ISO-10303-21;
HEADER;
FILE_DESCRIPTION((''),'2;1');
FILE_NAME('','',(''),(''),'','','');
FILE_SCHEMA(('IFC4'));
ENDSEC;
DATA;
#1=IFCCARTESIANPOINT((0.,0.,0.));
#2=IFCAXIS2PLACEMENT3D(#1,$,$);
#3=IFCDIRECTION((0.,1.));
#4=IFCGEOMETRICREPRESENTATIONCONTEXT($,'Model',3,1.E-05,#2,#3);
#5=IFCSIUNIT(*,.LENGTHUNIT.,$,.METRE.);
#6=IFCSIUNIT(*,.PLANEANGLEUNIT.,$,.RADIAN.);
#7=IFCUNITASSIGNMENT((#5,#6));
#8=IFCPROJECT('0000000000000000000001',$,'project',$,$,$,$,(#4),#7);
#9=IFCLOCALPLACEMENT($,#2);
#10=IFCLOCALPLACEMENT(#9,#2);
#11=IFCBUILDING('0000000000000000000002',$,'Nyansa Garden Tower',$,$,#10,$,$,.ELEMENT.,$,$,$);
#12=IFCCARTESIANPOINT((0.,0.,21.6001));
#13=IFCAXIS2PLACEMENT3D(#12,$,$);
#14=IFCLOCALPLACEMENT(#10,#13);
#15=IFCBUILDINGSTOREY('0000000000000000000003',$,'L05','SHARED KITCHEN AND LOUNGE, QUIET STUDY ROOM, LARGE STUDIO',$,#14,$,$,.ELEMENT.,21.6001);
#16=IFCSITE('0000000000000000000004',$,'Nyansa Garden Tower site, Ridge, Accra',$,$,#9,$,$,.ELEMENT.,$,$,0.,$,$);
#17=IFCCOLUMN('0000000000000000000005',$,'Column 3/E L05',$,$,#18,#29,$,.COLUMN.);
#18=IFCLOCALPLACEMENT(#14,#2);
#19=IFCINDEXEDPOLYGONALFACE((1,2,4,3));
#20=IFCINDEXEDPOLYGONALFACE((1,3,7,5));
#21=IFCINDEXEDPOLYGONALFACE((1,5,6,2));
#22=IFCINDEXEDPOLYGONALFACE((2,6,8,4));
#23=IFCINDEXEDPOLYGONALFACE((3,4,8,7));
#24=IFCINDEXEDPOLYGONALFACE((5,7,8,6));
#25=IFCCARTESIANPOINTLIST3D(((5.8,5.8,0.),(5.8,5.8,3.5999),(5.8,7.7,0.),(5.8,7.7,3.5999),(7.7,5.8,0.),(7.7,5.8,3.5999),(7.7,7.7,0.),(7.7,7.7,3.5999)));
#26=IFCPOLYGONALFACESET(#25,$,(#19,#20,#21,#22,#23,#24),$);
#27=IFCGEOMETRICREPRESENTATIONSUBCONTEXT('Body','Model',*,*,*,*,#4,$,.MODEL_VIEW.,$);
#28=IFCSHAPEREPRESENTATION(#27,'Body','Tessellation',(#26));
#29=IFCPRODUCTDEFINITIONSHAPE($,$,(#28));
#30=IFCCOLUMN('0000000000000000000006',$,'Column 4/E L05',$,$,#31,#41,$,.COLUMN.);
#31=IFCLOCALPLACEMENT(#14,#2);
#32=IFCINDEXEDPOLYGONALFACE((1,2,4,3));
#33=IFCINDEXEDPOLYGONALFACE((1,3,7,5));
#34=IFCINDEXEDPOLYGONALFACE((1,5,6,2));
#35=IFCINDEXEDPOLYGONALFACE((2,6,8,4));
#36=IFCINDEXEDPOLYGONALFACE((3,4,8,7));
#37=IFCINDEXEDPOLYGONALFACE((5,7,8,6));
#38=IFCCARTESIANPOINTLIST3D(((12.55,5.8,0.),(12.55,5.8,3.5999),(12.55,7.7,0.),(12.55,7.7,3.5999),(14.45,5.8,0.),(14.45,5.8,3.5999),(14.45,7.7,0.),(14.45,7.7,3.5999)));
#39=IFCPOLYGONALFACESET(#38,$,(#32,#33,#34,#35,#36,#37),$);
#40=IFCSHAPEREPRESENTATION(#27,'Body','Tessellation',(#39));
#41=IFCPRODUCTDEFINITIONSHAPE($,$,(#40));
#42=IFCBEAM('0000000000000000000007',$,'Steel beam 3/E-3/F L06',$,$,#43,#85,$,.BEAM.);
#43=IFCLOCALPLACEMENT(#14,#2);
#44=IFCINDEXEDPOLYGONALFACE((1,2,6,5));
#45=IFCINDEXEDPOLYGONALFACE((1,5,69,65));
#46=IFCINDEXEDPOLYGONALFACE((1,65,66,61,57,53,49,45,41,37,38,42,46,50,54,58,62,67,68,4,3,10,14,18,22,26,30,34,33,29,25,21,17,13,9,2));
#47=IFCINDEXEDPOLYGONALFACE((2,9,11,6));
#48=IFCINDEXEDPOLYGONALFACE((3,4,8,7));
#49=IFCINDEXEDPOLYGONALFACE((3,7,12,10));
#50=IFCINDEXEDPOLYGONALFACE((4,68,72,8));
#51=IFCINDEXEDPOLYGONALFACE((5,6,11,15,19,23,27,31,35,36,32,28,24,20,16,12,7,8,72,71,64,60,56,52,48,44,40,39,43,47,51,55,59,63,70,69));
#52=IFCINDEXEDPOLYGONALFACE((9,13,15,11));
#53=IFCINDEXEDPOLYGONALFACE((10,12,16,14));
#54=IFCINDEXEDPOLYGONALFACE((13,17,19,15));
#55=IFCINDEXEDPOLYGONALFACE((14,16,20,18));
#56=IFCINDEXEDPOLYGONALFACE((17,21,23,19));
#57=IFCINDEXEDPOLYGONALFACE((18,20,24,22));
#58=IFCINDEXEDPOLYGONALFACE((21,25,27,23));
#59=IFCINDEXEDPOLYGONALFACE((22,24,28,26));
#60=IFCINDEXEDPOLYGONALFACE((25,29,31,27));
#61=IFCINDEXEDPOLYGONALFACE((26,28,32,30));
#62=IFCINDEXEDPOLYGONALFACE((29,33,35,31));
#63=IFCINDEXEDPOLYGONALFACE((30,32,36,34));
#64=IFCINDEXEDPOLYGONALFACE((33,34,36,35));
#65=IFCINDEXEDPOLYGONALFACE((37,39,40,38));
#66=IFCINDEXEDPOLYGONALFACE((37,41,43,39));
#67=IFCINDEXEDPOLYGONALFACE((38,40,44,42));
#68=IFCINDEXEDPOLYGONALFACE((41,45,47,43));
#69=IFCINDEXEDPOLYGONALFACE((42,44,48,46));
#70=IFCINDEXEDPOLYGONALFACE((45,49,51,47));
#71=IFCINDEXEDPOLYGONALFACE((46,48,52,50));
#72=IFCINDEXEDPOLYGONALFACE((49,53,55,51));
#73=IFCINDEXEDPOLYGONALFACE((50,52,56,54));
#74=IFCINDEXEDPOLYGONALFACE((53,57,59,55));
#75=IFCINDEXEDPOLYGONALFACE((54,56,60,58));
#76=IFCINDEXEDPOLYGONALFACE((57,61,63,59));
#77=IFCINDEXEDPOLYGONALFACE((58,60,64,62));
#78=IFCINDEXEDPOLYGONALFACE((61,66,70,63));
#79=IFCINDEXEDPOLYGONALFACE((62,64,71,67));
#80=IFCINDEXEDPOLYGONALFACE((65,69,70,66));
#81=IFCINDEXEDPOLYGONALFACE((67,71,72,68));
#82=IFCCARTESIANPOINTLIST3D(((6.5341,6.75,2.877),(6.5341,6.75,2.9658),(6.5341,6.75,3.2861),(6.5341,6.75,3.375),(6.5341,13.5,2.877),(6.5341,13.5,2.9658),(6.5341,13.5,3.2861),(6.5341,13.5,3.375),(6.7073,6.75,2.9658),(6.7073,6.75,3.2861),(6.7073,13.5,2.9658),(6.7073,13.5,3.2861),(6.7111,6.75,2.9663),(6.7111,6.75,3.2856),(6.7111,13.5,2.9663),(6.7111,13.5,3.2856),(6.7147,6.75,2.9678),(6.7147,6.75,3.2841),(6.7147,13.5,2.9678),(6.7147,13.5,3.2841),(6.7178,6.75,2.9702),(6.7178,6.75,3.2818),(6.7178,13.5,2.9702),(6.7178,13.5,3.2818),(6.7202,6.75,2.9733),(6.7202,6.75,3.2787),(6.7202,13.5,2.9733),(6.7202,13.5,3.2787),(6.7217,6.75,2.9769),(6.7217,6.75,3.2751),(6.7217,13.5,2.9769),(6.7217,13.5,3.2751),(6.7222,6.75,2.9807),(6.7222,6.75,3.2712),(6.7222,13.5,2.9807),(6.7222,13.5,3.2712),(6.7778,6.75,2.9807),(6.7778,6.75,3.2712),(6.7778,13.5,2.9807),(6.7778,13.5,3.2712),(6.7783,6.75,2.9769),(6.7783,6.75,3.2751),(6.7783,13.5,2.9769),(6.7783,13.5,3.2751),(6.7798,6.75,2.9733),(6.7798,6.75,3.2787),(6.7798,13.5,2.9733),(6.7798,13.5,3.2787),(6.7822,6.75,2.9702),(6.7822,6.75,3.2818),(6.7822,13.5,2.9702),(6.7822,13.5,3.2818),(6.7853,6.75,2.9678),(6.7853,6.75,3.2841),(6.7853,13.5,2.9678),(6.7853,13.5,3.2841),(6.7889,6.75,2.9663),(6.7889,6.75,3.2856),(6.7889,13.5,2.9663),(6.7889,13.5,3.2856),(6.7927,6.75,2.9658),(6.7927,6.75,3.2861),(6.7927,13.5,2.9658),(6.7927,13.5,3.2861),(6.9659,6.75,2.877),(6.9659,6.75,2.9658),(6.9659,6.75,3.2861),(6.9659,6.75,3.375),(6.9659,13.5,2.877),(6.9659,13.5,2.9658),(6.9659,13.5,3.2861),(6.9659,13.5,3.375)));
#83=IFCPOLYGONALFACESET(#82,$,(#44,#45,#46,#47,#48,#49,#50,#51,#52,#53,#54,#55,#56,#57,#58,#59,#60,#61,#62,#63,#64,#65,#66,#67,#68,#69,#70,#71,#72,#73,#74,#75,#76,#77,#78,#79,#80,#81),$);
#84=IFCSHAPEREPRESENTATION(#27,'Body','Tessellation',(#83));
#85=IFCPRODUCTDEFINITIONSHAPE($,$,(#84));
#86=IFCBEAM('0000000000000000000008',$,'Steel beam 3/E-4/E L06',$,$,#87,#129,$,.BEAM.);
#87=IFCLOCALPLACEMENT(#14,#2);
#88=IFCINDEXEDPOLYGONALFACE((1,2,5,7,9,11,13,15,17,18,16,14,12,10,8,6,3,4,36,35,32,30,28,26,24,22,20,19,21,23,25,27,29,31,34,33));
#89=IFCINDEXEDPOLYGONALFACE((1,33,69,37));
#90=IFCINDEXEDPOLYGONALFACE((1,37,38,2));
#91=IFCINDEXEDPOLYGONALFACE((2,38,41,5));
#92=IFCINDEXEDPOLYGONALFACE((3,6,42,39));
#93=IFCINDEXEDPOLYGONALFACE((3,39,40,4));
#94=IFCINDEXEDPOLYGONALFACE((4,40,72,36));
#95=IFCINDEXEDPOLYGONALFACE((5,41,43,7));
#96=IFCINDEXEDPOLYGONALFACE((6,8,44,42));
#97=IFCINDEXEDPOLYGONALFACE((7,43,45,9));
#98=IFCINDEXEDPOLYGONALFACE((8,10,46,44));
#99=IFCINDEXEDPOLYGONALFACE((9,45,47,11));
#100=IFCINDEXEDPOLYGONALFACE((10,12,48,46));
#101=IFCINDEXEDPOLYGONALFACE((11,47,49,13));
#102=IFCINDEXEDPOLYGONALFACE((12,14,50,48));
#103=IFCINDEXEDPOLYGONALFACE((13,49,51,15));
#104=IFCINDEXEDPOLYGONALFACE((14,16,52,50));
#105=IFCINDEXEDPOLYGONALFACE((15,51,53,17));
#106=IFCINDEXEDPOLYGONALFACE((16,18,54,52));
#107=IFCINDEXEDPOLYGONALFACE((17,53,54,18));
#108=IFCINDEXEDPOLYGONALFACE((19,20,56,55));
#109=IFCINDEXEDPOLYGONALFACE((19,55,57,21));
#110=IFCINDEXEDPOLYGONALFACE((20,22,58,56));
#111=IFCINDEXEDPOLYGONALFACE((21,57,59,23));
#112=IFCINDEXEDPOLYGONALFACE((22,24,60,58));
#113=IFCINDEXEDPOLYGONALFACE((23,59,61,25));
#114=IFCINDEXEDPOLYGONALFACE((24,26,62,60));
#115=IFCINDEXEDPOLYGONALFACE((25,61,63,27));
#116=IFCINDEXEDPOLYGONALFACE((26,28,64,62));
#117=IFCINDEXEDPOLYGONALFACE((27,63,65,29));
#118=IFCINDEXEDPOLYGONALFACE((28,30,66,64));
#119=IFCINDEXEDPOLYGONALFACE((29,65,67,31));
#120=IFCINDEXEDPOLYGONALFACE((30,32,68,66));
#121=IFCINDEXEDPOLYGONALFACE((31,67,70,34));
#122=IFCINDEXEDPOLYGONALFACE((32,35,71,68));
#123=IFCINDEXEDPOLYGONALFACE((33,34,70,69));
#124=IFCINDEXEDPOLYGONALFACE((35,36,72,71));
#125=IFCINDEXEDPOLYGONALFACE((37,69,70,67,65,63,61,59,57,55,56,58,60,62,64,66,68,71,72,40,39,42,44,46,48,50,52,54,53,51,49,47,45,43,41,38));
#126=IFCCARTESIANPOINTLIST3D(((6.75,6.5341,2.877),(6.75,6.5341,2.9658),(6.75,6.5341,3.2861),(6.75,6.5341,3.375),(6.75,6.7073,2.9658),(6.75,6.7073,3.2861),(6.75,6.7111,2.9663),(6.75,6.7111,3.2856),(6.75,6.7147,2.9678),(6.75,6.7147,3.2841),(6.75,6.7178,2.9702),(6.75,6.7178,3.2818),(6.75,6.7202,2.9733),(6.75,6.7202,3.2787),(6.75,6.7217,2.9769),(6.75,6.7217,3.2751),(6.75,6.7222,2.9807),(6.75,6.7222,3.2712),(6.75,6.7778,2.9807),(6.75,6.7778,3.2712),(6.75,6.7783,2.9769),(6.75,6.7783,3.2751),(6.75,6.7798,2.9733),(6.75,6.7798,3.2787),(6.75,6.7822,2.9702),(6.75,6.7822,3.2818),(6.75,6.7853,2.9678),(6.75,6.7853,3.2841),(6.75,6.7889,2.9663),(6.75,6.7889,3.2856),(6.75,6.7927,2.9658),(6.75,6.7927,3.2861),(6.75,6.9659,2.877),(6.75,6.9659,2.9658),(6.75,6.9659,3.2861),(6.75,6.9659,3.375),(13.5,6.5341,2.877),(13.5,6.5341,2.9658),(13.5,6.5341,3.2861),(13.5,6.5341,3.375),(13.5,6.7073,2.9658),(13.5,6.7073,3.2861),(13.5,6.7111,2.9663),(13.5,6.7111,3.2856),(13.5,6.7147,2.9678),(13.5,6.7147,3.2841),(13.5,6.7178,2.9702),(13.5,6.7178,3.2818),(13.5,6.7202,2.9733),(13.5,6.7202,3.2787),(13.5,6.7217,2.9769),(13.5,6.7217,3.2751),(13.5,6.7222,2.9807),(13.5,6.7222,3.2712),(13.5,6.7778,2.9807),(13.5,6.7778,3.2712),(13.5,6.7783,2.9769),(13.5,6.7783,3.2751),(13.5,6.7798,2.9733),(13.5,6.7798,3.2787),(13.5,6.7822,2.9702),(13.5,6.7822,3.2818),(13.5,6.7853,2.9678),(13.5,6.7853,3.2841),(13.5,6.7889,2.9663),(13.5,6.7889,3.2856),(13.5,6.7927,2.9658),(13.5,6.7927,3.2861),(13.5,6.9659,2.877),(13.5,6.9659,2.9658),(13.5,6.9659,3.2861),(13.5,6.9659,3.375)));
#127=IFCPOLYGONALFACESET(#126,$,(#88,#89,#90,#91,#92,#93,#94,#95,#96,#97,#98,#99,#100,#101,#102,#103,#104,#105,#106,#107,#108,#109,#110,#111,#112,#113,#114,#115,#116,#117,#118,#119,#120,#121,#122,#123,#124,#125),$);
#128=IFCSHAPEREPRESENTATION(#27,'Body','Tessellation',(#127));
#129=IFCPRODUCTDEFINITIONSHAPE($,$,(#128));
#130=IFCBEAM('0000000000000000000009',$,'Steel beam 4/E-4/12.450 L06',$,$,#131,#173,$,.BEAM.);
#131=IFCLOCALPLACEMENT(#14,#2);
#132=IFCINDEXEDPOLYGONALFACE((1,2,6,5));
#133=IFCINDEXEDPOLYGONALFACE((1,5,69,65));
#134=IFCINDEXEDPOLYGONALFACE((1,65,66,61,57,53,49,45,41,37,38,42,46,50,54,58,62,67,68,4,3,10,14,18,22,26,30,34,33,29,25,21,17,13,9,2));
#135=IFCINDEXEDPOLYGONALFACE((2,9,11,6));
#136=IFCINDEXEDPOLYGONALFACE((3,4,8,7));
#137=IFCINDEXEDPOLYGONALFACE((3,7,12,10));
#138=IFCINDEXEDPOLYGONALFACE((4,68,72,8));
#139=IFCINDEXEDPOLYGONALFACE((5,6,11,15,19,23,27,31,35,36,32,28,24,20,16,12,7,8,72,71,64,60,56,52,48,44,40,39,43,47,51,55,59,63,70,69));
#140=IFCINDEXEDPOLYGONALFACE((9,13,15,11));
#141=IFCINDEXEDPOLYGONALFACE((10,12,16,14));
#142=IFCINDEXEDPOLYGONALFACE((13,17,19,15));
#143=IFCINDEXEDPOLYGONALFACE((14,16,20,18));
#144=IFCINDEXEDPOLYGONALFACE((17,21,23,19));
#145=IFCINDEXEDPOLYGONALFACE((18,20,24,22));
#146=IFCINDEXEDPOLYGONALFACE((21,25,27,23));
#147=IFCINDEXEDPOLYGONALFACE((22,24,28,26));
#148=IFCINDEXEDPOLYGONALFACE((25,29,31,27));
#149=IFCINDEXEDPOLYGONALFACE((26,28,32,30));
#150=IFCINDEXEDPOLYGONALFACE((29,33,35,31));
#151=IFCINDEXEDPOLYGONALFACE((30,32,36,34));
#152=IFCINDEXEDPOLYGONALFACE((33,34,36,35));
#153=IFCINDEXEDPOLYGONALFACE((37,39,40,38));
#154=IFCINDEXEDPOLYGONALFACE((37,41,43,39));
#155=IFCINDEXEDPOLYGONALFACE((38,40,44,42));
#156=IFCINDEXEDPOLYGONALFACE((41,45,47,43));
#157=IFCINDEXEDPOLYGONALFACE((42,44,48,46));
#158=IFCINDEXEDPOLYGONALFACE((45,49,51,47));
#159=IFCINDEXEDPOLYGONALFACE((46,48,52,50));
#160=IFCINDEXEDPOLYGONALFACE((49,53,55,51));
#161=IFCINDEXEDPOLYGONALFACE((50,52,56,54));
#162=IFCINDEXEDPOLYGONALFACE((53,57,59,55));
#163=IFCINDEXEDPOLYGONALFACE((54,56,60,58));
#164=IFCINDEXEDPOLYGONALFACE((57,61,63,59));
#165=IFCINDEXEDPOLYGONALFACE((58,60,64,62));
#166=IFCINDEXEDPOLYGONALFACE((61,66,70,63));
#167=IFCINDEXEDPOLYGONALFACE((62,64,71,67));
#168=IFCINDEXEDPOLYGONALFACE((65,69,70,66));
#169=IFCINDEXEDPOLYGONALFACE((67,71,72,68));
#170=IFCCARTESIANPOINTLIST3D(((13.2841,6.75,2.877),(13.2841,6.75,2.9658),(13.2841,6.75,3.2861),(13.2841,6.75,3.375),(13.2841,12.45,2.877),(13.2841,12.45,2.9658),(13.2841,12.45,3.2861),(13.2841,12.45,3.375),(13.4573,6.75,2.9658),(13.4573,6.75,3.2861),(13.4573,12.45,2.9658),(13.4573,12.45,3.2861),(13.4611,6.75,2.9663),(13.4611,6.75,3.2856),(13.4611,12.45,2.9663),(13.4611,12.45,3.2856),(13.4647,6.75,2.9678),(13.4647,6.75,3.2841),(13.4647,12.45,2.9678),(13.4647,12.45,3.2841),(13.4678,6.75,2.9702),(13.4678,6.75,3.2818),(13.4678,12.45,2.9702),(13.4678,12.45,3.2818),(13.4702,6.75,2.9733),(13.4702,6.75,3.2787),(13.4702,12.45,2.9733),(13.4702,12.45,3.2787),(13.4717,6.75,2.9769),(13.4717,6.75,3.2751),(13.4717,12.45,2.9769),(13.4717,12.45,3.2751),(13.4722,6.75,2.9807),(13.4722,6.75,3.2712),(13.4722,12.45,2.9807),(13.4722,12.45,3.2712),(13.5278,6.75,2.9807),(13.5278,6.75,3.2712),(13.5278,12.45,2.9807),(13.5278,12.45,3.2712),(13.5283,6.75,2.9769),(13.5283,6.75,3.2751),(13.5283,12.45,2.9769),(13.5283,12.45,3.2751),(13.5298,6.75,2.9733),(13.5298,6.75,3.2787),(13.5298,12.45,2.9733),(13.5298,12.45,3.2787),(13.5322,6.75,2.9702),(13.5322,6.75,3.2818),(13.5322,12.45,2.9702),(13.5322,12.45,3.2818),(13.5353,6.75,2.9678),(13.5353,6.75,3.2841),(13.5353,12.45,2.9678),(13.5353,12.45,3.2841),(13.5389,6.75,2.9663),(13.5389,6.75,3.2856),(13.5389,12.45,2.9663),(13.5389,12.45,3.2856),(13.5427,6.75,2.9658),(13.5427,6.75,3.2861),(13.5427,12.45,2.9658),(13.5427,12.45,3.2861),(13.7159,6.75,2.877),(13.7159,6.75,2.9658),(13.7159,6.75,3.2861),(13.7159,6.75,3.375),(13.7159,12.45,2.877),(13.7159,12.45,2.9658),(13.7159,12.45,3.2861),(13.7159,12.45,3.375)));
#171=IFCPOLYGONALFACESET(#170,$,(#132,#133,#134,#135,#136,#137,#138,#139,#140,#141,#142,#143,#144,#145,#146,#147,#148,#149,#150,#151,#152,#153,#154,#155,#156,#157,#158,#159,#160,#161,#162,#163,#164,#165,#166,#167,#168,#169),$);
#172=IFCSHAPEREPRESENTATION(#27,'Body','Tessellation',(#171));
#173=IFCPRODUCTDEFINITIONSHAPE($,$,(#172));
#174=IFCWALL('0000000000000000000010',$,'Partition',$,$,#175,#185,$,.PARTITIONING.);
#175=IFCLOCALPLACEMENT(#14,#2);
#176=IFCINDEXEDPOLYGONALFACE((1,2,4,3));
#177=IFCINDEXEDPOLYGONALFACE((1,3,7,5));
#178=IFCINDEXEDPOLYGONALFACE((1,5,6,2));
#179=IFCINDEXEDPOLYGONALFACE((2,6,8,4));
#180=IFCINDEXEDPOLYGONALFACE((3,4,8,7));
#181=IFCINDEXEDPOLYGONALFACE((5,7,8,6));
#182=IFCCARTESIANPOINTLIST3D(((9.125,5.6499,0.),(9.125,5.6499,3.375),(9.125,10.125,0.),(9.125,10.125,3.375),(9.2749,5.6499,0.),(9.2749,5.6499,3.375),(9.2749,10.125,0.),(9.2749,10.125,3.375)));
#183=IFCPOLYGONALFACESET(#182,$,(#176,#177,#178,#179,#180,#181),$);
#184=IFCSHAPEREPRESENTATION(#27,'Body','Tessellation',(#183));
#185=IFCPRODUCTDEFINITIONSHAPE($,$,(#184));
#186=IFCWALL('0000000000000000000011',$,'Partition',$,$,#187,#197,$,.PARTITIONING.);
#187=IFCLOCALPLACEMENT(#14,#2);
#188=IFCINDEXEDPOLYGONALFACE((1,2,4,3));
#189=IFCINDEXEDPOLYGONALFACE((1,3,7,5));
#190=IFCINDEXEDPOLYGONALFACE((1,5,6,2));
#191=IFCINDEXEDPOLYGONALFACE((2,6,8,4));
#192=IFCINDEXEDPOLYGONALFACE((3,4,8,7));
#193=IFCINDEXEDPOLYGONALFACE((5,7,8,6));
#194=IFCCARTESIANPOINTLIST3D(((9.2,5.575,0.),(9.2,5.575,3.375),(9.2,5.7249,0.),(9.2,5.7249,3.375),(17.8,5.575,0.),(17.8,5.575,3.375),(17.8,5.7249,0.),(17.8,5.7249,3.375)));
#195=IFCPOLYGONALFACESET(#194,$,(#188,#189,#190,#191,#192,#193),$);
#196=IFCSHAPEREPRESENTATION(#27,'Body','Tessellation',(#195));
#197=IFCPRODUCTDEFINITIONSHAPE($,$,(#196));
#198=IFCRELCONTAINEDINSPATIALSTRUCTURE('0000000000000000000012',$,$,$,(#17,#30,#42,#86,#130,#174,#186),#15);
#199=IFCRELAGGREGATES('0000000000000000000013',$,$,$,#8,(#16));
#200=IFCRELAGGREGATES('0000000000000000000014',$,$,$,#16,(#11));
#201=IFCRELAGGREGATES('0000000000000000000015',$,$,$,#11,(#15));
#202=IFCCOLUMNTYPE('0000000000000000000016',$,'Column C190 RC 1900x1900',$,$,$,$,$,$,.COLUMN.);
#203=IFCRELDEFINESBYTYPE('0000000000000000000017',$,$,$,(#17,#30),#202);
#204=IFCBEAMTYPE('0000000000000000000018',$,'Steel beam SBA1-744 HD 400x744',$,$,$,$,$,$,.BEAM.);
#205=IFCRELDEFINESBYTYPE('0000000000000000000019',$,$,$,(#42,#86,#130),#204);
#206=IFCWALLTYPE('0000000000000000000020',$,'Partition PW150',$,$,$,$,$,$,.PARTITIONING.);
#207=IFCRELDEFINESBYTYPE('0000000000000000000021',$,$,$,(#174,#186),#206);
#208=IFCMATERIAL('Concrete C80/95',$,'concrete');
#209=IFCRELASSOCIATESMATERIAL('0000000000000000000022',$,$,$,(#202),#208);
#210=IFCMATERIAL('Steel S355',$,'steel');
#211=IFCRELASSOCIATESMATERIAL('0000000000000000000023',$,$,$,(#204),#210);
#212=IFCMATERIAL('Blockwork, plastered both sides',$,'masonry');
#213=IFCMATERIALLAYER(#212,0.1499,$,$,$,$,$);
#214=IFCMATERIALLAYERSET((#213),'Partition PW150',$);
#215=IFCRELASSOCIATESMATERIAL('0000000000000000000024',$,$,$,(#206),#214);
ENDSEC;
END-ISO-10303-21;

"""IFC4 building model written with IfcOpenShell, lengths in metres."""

from ifc_helpers import new_model, si_unit, direction, frame, frame_2d, origin, origin_2d, place, context, subcontext, project, spatial, rectangle, i_section, extrude, material, layer, layer_set, material_profile, profile_set, type_object, element, save


model = new_model("IFC4")

# Units and contexts
model_context = context("Model", 3, precision=1e-05, world=origin(), true_north=direction((0.0, 1.0)))
body_context = subcontext(model_context, "Body", "Model", "MODEL_VIEW")
ifc_project = project(units=[si_unit("LENGTHUNIT", "METRE"), si_unit("PLANEANGLEUNIT", "RADIAN")], contexts=[model_context])

# Site, building, storey
site_placement = place(None, origin())
site = spatial("IfcSite", under=ifc_project, at=site_placement, Name="Nyansa Garden Tower site, Ridge, Accra", CompositionType="ELEMENT", RefElevation=0.0)
building_placement = place(site_placement, origin())
building = spatial("IfcBuilding", under=site, at=building_placement, Name="Nyansa Garden Tower", CompositionType="ELEMENT")
storey_placement = place(building_placement, frame((0.0, 0.0, 21.6001)))
storey = spatial("IfcBuildingStorey", under=building, at=storey_placement, Name="L05", Description="SHARED KITCHEN AND LOUNGE, QUIET STUDY ROOM, LARGE STUDIO", CompositionType="ELEMENT", Elevation=21.6001)

# Columns
ifc_material_1 = material(Name="Concrete C80/95", Category="concrete")
ifc_material_profile_1 = material_profile(ifc_material_1, rectangle(XDim=1.8999, YDim=1.8999, at=origin_2d()), Name="RC 1900x1900")
ifc_profile_set_1 = profile_set([ifc_material_profile_1], Name="Concrete C80/95")
column_type = type_object("IfcColumnType", Name="Column C190 RC 1900x1900", PredefinedType="COLUMN", material=ifc_profile_set_1)
for number, where, z_axis, x_axis, name in (
    (1, (6.75, 6.75, 0.0), (0.0, 0.0, 1.0), (1.0, 0.0, 0.0), "Column 3/E L05"),
    (2, (13.5, 6.75, 0.0), (0.0, 0.0, 1.0), (1.0, 0.0, 0.0), "Column 4/E L05"),
):
    element("IfcColumn", number, at=place(storey_placement, frame(where, z_axis=z_axis, x_axis=x_axis)), inside=storey, type_object=column_type, Name=name, PredefinedType="COLUMN", context=body_context, shape_type="SweptSolid", body=[
        extrude(rectangle(XDim=1.8999, YDim=1.8999, at=origin_2d()), origin(), (0.0, 0.0, 1.0), 3.5999),
    ])

# Beams
ifc_material_2 = material(Name="Steel S355", Category="steel")
ifc_material_profile_2 = material_profile(ifc_material_2, i_section(OverallWidth=0.4319, OverallDepth=0.498, WebThickness=0.0557, FlangeThickness=0.0889, FilletRadius=0.0149, at=origin_2d()), Name="HD 400x744")
ifc_profile_set_2 = profile_set([ifc_material_profile_2], Name="Steel S355")
beam_type = type_object("IfcBeamType", Name="Steel beam SBA1-744 HD 400x744", PredefinedType="BEAM", material=ifc_profile_set_2)
for number, where, z_axis, x_axis, name in (
    (3, (6.75, 6.75, 3.126), (0.0, 1.0, 0.0), (-1.0, 0.0, 0.0), "Steel beam 3/E-3/F L06"),
    (4, (6.75, 6.75, 3.126), (1.0, 0.0, 0.0), (0.0, 1.0, 0.0), "Steel beam 3/E-4/E L06"),
):
    element("IfcBeam", number, at=place(storey_placement, frame(where, z_axis=z_axis, x_axis=x_axis)), inside=storey, type_object=beam_type, Name=name, PredefinedType="BEAM", context=body_context, shape_type="SweptSolid", body=[
        extrude(i_section(OverallWidth=0.4319, OverallDepth=0.498, WebThickness=0.0557, FlangeThickness=0.0889, FilletRadius=0.0149, at=origin_2d()), origin(), (0.0, 0.0, 1.0), 6.75),
    ])
beam_placement = place(storey_placement, frame((13.5, 6.75, 3.126), z_axis=(0.0, 1.0, 0.0), x_axis=(-1.0, 0.0, 0.0)))
element("IfcBeam", 5, at=beam_placement, inside=storey, type_object=beam_type, Name="Steel beam 4/E-4/12.450 L06", PredefinedType="BEAM", context=body_context, shape_type="SweptSolid", body=[
    extrude(i_section(OverallWidth=0.4319, OverallDepth=0.498, WebThickness=0.0557, FlangeThickness=0.0889, FilletRadius=0.0149, at=origin_2d()), origin(), (0.0, 0.0, 1.0), 5.7),
])

# Walls
ifc_material_3 = material(Name="Blockwork, plastered both sides", Category="masonry")
ifc_layer_1 = layer(ifc_material_3, 0.1499)
ifc_layer_set_1 = layer_set([ifc_layer_1], Name="Partition PW150")
wall_type_1 = type_object("IfcWallType", Name="Partition PW150", PredefinedType="PARTITIONING", material=ifc_layer_set_1)
wall_1_placement = place(storey_placement, frame((9.2, 5.6499, 0.0), z_axis=(0.0, 0.0, 1.0), x_axis=(0.0, 1.0, 0.0)))
element("IfcWall", 6, at=wall_1_placement, inside=storey, type_object=wall_type_1, Name="Partition", PredefinedType="PARTITIONING", context=body_context, shape_type="SweptSolid", body=[
    extrude(rectangle(XDim=4.4751, YDim=0.1499, at=frame_2d((2.2375, 0.0))), origin(), (0.0, 0.0, 1.0), 3.375),
])
wall_2_placement = place(storey_placement, frame((9.2, 5.6499, 0.0), z_axis=(0.0, 0.0, 1.0), x_axis=(1.0, 0.0, 0.0)))
element("IfcWall", 7, at=wall_2_placement, inside=storey, type_object=wall_type_1, Name="Partition", PredefinedType="PARTITIONING", context=body_context, shape_type="SweptSolid", body=[
    extrude(rectangle(XDim=8.6001, YDim=0.1499, at=frame_2d((4.3, 0.0))), origin(), (0.0, 0.0, 1.0), 3.375),
])

save(model, "model.ifc")
